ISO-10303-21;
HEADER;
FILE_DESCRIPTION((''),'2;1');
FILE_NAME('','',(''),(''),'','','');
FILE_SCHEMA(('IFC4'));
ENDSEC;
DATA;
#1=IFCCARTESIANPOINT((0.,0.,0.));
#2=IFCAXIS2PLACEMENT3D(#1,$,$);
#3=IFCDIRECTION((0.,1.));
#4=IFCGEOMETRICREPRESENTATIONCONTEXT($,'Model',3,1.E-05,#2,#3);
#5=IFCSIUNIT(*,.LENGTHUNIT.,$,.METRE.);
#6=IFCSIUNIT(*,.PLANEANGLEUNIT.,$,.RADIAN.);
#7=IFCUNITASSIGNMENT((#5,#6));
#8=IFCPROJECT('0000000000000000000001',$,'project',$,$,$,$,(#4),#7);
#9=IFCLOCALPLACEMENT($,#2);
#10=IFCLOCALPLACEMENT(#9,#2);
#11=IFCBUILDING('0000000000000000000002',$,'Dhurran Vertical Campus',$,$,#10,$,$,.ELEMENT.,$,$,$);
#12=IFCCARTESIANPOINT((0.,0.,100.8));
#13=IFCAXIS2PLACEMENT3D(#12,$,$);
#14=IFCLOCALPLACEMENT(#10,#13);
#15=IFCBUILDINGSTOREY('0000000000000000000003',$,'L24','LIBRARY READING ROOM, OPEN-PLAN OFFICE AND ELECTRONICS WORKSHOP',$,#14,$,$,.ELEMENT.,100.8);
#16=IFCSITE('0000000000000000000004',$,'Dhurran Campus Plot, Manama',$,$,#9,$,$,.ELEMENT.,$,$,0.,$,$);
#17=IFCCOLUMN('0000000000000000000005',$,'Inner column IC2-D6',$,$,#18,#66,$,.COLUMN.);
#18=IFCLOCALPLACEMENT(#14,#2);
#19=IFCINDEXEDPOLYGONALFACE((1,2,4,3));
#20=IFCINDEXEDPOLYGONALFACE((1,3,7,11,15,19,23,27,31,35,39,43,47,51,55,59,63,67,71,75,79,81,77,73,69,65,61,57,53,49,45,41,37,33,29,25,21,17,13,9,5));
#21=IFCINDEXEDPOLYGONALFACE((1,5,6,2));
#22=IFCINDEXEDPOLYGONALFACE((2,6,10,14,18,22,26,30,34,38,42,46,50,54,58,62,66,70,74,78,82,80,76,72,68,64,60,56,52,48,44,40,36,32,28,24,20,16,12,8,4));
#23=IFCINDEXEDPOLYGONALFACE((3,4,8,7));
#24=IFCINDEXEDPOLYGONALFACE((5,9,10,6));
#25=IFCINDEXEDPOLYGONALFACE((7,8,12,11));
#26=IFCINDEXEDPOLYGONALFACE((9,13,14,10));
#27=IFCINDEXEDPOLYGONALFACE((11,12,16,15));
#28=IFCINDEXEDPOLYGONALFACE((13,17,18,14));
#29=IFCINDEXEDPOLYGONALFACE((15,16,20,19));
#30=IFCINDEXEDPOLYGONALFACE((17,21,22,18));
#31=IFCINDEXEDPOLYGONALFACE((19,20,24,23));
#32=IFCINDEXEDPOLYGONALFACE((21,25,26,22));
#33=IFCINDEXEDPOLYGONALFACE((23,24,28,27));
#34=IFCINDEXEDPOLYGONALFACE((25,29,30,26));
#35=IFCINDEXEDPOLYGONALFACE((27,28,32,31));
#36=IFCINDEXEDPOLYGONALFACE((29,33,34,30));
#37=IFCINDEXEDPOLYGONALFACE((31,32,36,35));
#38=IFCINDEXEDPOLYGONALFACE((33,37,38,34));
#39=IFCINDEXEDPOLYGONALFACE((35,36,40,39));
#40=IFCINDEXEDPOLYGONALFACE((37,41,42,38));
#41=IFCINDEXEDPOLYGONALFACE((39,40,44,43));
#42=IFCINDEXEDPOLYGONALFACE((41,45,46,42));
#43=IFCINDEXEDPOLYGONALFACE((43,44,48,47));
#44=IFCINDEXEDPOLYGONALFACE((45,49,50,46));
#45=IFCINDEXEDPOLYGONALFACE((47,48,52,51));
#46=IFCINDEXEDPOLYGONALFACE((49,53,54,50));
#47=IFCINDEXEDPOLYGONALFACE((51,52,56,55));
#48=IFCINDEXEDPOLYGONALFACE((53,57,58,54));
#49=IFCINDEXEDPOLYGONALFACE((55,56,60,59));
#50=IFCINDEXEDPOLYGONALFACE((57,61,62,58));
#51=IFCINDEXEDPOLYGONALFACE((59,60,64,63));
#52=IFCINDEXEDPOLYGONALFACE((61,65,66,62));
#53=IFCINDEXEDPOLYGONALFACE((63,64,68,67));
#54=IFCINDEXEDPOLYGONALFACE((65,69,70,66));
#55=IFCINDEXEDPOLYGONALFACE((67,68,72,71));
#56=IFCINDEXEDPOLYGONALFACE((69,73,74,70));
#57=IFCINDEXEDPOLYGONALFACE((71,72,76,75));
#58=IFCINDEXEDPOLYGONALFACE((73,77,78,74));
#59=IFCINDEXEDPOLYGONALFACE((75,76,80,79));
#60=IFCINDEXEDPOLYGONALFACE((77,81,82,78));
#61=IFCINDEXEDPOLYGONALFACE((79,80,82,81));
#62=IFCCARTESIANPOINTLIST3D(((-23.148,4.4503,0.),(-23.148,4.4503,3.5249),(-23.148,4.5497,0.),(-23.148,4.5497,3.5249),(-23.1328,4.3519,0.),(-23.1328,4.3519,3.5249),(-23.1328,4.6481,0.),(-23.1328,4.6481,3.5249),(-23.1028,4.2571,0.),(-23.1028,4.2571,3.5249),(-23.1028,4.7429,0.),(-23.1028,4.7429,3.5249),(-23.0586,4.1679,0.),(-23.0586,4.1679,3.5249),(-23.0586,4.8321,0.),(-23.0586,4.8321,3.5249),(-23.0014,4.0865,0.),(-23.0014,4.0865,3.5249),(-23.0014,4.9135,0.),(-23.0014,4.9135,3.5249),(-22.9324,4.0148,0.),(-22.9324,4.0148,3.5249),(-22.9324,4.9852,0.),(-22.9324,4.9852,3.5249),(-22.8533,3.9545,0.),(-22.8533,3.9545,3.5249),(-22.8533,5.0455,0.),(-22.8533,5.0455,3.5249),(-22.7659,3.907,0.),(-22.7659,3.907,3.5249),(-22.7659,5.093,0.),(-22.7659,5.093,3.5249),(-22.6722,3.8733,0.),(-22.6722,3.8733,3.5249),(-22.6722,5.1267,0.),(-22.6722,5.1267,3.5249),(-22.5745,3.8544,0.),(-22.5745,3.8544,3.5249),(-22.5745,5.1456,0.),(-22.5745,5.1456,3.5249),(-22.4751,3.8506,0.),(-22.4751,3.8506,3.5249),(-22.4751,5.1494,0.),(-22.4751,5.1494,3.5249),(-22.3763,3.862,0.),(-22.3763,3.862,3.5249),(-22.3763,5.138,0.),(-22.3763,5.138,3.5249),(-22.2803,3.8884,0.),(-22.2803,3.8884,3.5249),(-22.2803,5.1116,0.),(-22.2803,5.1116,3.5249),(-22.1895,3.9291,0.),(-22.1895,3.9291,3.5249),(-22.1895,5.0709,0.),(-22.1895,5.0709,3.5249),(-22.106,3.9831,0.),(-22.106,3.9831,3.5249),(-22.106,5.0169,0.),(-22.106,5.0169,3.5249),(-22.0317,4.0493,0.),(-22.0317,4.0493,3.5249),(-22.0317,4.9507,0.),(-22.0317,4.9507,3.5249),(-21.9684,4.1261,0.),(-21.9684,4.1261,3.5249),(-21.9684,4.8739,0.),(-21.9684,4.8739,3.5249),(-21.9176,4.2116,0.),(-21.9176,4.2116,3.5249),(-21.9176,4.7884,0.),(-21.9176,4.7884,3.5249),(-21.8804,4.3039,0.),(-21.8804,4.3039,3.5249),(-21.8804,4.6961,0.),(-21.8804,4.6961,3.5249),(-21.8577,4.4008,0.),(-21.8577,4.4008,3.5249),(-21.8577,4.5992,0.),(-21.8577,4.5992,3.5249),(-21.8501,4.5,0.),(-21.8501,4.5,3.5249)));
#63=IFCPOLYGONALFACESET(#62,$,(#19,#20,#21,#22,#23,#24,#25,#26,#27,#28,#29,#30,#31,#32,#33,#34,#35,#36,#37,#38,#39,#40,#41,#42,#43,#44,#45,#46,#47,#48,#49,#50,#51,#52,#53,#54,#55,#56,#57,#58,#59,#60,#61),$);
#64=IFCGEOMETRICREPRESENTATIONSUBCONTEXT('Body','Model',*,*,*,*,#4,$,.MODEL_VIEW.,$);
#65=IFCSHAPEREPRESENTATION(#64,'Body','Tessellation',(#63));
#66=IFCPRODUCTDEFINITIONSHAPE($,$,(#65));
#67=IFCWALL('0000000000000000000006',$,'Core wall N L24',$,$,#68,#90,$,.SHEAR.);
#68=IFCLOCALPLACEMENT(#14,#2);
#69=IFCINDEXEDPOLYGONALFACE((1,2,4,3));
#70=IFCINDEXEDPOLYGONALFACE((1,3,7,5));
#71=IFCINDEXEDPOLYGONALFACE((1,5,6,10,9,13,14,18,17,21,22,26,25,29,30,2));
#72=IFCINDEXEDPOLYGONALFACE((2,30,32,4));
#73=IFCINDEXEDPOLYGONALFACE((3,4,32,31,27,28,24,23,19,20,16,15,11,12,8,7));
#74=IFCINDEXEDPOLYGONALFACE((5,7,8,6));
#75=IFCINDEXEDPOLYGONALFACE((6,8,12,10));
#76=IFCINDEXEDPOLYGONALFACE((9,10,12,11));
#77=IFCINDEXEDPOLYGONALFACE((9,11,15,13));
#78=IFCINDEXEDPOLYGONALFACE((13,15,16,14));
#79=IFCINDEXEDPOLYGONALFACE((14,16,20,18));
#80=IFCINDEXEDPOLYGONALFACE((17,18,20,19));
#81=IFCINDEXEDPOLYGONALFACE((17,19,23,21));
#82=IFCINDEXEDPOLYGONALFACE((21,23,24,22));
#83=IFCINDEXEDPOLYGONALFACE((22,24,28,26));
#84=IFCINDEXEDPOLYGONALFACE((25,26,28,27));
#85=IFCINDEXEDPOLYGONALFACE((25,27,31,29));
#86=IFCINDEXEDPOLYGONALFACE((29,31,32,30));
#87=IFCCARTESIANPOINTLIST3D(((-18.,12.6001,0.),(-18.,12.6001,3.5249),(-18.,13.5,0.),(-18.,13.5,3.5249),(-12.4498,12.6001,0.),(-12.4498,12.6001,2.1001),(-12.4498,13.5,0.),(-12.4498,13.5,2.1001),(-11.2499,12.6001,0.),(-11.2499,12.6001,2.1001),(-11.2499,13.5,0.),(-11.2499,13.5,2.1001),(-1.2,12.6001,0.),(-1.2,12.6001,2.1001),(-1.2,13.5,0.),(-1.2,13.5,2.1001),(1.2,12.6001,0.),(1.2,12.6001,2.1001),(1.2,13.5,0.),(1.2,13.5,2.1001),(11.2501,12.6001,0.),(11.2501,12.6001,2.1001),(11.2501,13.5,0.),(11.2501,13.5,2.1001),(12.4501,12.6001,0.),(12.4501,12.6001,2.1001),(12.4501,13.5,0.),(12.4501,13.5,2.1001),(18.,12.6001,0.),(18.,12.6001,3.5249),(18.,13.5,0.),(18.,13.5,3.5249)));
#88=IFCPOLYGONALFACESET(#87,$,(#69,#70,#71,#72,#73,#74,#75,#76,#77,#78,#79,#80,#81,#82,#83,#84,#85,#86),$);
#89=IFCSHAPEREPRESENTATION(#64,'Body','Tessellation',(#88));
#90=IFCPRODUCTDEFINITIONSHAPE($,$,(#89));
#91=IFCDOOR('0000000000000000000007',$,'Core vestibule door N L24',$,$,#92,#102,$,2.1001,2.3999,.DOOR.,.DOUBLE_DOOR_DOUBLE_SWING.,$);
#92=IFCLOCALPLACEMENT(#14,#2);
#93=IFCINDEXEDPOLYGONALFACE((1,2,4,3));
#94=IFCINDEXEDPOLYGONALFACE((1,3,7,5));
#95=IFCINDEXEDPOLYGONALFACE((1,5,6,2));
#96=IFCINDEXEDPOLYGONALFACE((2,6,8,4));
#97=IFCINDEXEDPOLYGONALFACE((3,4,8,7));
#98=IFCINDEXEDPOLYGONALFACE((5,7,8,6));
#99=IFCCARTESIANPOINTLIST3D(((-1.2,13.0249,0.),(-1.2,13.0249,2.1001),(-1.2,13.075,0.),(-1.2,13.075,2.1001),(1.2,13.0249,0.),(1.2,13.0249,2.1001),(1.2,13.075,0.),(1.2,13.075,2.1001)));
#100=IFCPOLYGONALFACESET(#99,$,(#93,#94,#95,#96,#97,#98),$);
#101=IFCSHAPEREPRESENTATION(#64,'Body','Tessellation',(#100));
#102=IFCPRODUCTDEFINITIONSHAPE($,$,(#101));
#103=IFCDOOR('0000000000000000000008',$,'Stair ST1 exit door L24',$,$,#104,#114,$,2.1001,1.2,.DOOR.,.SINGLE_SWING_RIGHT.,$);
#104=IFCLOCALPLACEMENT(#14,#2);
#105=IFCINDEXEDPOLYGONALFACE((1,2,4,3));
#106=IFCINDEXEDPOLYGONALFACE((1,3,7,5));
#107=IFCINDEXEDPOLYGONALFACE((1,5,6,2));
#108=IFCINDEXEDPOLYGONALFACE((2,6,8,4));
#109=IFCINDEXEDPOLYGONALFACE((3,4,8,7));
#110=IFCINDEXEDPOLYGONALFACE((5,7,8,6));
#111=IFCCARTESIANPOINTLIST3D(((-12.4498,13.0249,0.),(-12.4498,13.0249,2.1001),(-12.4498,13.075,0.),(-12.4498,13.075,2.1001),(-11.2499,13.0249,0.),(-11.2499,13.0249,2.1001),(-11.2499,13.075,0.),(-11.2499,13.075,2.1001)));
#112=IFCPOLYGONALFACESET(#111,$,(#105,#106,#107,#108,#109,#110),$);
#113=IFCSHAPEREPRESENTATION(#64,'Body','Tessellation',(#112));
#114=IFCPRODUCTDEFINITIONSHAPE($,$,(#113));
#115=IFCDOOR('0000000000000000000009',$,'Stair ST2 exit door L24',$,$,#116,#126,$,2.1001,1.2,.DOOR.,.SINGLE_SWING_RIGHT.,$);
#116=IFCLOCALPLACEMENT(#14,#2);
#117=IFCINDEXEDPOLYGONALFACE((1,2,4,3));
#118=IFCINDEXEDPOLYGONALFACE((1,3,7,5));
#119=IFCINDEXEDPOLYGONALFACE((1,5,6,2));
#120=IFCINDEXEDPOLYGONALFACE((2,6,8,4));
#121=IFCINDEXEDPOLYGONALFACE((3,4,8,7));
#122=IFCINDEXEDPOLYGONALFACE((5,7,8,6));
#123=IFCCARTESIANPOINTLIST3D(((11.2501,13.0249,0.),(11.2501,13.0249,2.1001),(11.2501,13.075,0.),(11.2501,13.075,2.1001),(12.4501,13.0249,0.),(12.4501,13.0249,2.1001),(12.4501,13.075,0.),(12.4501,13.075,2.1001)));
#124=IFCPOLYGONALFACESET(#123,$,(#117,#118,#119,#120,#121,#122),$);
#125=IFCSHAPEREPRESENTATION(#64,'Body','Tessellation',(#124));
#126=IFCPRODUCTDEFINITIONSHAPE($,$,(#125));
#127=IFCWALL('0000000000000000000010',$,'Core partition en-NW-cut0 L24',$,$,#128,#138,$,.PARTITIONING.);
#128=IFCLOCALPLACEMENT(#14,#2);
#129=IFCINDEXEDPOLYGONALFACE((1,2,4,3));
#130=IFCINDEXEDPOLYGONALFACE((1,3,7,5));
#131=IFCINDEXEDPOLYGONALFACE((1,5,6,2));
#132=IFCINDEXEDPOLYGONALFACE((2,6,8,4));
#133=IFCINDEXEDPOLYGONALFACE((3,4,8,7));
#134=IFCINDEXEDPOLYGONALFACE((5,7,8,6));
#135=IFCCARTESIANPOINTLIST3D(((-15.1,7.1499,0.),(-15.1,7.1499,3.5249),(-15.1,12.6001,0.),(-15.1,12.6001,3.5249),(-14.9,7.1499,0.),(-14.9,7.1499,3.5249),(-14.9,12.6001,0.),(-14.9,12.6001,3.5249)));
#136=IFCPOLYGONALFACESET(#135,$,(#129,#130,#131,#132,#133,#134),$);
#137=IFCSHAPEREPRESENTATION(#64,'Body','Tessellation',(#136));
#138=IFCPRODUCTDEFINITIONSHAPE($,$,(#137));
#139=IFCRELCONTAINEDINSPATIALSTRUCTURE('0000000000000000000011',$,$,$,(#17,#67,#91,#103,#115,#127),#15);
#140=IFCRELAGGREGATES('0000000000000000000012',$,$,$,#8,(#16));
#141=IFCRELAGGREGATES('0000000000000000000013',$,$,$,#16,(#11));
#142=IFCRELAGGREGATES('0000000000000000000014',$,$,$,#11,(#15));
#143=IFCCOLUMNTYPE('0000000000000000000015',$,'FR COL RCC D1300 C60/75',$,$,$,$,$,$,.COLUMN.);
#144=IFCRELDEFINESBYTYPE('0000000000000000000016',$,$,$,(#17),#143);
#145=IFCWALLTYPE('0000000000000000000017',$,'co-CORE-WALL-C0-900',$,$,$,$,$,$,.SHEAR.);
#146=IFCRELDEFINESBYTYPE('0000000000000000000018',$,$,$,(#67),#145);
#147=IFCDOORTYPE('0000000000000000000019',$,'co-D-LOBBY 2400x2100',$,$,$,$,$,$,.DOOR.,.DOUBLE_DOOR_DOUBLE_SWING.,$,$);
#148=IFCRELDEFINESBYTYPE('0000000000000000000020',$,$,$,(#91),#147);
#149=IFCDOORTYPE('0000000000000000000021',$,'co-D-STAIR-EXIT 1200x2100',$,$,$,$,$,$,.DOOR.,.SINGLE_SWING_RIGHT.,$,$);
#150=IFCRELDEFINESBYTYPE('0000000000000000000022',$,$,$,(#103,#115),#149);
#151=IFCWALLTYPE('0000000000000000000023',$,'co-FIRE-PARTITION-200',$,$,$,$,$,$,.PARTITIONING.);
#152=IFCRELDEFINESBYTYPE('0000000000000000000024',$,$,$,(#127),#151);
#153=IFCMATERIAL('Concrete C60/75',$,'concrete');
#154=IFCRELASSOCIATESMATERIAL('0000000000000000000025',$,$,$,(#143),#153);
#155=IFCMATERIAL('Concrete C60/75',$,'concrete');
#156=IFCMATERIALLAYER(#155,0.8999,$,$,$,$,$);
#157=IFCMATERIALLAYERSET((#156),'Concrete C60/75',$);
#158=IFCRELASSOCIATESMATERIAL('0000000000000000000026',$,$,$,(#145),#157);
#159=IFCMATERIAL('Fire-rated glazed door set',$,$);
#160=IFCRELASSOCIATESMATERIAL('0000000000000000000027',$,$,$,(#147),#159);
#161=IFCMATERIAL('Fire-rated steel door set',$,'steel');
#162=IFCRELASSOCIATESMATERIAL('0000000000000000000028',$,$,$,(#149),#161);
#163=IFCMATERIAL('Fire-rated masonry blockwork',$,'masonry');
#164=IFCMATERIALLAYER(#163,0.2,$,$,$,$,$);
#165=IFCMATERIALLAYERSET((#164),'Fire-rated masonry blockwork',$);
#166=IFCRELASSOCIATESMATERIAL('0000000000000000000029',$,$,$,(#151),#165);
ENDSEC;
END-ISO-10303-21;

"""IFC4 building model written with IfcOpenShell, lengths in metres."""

from ifc_helpers import new_model, si_unit, direction, frame, frame_2d, origin, origin_2d, place, context, subcontext, project, spatial, rectangle, circle, extrude, material, layer, layer_set, material_profile, profile_set, type_object, element, fill, save


model = new_model("IFC4")

# Units and contexts
model_context = context("Model", 3, precision=1e-05, world=origin(), true_north=direction((0.0, 1.0)))
body_context = subcontext(model_context, "Body", "Model", "MODEL_VIEW")
ifc_project = project(units=[si_unit("LENGTHUNIT", "METRE"), si_unit("PLANEANGLEUNIT", "RADIAN")], contexts=[model_context])

# Site, building, storey
site_placement = place(None, origin())
site = spatial("IfcSite", under=ifc_project, at=site_placement, Name="Dhurran Campus Plot, Manama", CompositionType="ELEMENT", RefElevation=0.0)
building_placement = place(site_placement, origin())
building = spatial("IfcBuilding", under=site, at=building_placement, Name="Dhurran Vertical Campus", CompositionType="ELEMENT")
storey_placement = place(building_placement, frame((0.0, 0.0, 100.8)))
storey = spatial("IfcBuildingStorey", under=building, at=storey_placement, Name="L24", Description="LIBRARY READING ROOM, OPEN-PLAN OFFICE AND ELECTRONICS WORKSHOP", CompositionType="ELEMENT", Elevation=100.8)

# Column
ifc_material_1 = material(Name="Concrete C60/75", Category="concrete")
ifc_material_profile = material_profile(ifc_material_1, circle(Radius=0.6499, at=origin_2d()), Name="RCC D1300")
ifc_profile_set = profile_set([ifc_material_profile], Name="Concrete C60/75")
column_type = type_object("IfcColumnType", Name="FR COL RCC D1300 C60/75", PredefinedType="COLUMN", material=ifc_profile_set)
column_placement = place(storey_placement, frame((-22.5, 4.5, 0.0), z_axis=(0.0, 0.0, 1.0), x_axis=(1.0, 0.0, 0.0)))
element("IfcColumn", 1, at=column_placement, inside=storey, type_object=column_type, Name="Inner column IC2-D6", PredefinedType="COLUMN", context=body_context, shape_type="SweptSolid", body=[
    extrude(circle(Radius=0.6499, at=origin_2d()), origin(), (0.0, 0.0, 1.0), 3.5249),
])

# Wall, openings, doors
ifc_material_2 = material(Name="Concrete C60/75", Category="concrete")
ifc_layer_1 = layer(ifc_material_2, 0.8999)
ifc_layer_set_1 = layer_set([ifc_layer_1], Name="Concrete C60/75")
wall_type_1 = type_object("IfcWallType", Name="co-CORE-WALL-C0-900", PredefinedType="SHEAR", material=ifc_layer_set_1)
wall_1_placement = place(storey_placement, frame((-18.0, 13.05, 0.0), z_axis=(0.0, 0.0, 1.0), x_axis=(1.0, 0.0, 0.0)))
wall_1 = element("IfcWall", 2, at=wall_1_placement, inside=storey, type_object=wall_type_1, Name="Core wall N L24", PredefinedType="SHEAR", context=body_context, shape_type="SweptSolid", body=[
    extrude(rectangle(XDim=36.0, YDim=0.8999, at=frame_2d((18.0, 0.0))), origin(), (0.0, 0.0, 1.0), 3.5249),
])
opening_1_placement = place(wall_1_placement, frame((16.8, 0.0, 0.0)))
opening_1 = element("IfcOpeningElement", 3, at=opening_1_placement, cuts=wall_1, PredefinedType="OPENING", context=body_context, shape_type="SweptSolid", body=[
    extrude(rectangle(XDim=2.3999, YDim=2.1001, at=frame_2d((1.2, 1.05))), frame((0.0, 0.46, 0.0), z_axis=(0.0, -1.0, 0.0), x_axis=(1.0, 0.0, 0.0)), (0.0, 0.0, 1.0), 0.9199),
])
opening_2_placement = place(wall_1_placement, frame((5.55, 0.0, 0.0)))
opening_2 = element("IfcOpeningElement", 4, at=opening_2_placement, cuts=wall_1, PredefinedType="OPENING", context=body_context, shape_type="SweptSolid", body=[
    extrude(rectangle(XDim=1.2, YDim=2.1001, at=frame_2d((0.6001, 1.05))), frame((0.0, 0.46, 0.0), z_axis=(0.0, -1.0, 0.0), x_axis=(1.0, 0.0, 0.0)), (0.0, 0.0, 1.0), 0.9199),
])
opening_3_placement = place(wall_1_placement, frame((29.25, 0.0, 0.0)))
opening_3 = element("IfcOpeningElement", 5, at=opening_3_placement, cuts=wall_1, PredefinedType="OPENING", context=body_context, shape_type="SweptSolid", body=[
    extrude(rectangle(XDim=1.2, YDim=2.1001, at=frame_2d((0.6001, 1.05))), frame((0.0, 0.46, 0.0), z_axis=(0.0, -1.0, 0.0), x_axis=(1.0, 0.0, 0.0)), (0.0, 0.0, 1.0), 0.9199),
])
ifc_material_3 = material(Name="Fire-rated glazed door set")
door_type_1 = type_object("IfcDoorType", Name="co-D-LOBBY 2400x2100", OperationType="DOUBLE_DOOR_DOUBLE_SWING", PredefinedType="DOOR", material=ifc_material_3)
door_1_placement = place(opening_1_placement, origin())
door_1 = element("IfcDoor", 6, at=door_1_placement, inside=storey, type_object=door_type_1, Name="Core vestibule door N L24", OperationType="DOUBLE_DOOR_DOUBLE_SWING", OverallHeight=2.1001, OverallWidth=2.3999, PredefinedType="DOOR", context=body_context, shape_type="SweptSolid", body=[
    extrude(rectangle(XDim=2.3999, YDim=2.1001, at=frame_2d((1.2, 1.05))), frame((0.0, 0.0249, 0.0), z_axis=(0.0, -1.0, 0.0), x_axis=(1.0, 0.0, 0.0)), (0.0, 0.0, 1.0), 0.05),
])
fill(opening_1, door_1)
ifc_material_4 = material(Name="Fire-rated steel door set", Category="steel")
door_type_2 = type_object("IfcDoorType", Name="co-D-STAIR-EXIT 1200x2100", OperationType="SINGLE_SWING_RIGHT", PredefinedType="DOOR", material=ifc_material_4)
door_2_placement = place(opening_2_placement, origin())
door_2 = element("IfcDoor", 7, at=door_2_placement, inside=storey, type_object=door_type_2, Name="Stair ST1 exit door L24", OperationType="SINGLE_SWING_RIGHT", OverallHeight=2.1001, OverallWidth=1.2, PredefinedType="DOOR", context=body_context, shape_type="SweptSolid", body=[
    extrude(rectangle(XDim=1.2, YDim=2.1001, at=frame_2d((0.6001, 1.05))), frame((0.0, 0.0249, 0.0), z_axis=(0.0, -1.0, 0.0), x_axis=(1.0, 0.0, 0.0)), (0.0, 0.0, 1.0), 0.05),
])
fill(opening_2, door_2)
door_3_placement = place(opening_3_placement, origin())
door_3 = element("IfcDoor", 8, at=door_3_placement, inside=storey, type_object=door_type_2, Name="Stair ST2 exit door L24", OperationType="SINGLE_SWING_RIGHT", OverallHeight=2.1001, OverallWidth=1.2, PredefinedType="DOOR", context=body_context, shape_type="SweptSolid", body=[
    extrude(rectangle(XDim=1.2, YDim=2.1001, at=frame_2d((0.6001, 1.05))), frame((0.0, 0.0249, 0.0), z_axis=(0.0, -1.0, 0.0), x_axis=(1.0, 0.0, 0.0)), (0.0, 0.0, 1.0), 0.05),
])
fill(opening_3, door_3)

# Wall
ifc_material_5 = material(Name="Fire-rated masonry blockwork", Category="masonry")
ifc_layer_2 = layer(ifc_material_5, 0.2)
ifc_layer_set_2 = layer_set([ifc_layer_2], Name="Fire-rated masonry blockwork")
wall_type_2 = type_object("IfcWallType", Name="co-FIRE-PARTITION-200", PredefinedType="PARTITIONING", material=ifc_layer_set_2)
wall_2_placement = place(storey_placement, frame((-15.0, 7.1499, 0.0), z_axis=(0.0, 0.0, 1.0), x_axis=(0.0, 1.0, 0.0)))
element("IfcWall", 9, at=wall_2_placement, inside=storey, type_object=wall_type_2, Name="Core partition en-NW-cut0 L24", PredefinedType="PARTITIONING", context=body_context, shape_type="SweptSolid", body=[
    extrude(rectangle(XDim=5.4502, YDim=0.2, at=frame_2d((2.7251, 0.0))), origin(), (0.0, 0.0, 1.0), 3.5249),
])

save(model, "model.ifc")
